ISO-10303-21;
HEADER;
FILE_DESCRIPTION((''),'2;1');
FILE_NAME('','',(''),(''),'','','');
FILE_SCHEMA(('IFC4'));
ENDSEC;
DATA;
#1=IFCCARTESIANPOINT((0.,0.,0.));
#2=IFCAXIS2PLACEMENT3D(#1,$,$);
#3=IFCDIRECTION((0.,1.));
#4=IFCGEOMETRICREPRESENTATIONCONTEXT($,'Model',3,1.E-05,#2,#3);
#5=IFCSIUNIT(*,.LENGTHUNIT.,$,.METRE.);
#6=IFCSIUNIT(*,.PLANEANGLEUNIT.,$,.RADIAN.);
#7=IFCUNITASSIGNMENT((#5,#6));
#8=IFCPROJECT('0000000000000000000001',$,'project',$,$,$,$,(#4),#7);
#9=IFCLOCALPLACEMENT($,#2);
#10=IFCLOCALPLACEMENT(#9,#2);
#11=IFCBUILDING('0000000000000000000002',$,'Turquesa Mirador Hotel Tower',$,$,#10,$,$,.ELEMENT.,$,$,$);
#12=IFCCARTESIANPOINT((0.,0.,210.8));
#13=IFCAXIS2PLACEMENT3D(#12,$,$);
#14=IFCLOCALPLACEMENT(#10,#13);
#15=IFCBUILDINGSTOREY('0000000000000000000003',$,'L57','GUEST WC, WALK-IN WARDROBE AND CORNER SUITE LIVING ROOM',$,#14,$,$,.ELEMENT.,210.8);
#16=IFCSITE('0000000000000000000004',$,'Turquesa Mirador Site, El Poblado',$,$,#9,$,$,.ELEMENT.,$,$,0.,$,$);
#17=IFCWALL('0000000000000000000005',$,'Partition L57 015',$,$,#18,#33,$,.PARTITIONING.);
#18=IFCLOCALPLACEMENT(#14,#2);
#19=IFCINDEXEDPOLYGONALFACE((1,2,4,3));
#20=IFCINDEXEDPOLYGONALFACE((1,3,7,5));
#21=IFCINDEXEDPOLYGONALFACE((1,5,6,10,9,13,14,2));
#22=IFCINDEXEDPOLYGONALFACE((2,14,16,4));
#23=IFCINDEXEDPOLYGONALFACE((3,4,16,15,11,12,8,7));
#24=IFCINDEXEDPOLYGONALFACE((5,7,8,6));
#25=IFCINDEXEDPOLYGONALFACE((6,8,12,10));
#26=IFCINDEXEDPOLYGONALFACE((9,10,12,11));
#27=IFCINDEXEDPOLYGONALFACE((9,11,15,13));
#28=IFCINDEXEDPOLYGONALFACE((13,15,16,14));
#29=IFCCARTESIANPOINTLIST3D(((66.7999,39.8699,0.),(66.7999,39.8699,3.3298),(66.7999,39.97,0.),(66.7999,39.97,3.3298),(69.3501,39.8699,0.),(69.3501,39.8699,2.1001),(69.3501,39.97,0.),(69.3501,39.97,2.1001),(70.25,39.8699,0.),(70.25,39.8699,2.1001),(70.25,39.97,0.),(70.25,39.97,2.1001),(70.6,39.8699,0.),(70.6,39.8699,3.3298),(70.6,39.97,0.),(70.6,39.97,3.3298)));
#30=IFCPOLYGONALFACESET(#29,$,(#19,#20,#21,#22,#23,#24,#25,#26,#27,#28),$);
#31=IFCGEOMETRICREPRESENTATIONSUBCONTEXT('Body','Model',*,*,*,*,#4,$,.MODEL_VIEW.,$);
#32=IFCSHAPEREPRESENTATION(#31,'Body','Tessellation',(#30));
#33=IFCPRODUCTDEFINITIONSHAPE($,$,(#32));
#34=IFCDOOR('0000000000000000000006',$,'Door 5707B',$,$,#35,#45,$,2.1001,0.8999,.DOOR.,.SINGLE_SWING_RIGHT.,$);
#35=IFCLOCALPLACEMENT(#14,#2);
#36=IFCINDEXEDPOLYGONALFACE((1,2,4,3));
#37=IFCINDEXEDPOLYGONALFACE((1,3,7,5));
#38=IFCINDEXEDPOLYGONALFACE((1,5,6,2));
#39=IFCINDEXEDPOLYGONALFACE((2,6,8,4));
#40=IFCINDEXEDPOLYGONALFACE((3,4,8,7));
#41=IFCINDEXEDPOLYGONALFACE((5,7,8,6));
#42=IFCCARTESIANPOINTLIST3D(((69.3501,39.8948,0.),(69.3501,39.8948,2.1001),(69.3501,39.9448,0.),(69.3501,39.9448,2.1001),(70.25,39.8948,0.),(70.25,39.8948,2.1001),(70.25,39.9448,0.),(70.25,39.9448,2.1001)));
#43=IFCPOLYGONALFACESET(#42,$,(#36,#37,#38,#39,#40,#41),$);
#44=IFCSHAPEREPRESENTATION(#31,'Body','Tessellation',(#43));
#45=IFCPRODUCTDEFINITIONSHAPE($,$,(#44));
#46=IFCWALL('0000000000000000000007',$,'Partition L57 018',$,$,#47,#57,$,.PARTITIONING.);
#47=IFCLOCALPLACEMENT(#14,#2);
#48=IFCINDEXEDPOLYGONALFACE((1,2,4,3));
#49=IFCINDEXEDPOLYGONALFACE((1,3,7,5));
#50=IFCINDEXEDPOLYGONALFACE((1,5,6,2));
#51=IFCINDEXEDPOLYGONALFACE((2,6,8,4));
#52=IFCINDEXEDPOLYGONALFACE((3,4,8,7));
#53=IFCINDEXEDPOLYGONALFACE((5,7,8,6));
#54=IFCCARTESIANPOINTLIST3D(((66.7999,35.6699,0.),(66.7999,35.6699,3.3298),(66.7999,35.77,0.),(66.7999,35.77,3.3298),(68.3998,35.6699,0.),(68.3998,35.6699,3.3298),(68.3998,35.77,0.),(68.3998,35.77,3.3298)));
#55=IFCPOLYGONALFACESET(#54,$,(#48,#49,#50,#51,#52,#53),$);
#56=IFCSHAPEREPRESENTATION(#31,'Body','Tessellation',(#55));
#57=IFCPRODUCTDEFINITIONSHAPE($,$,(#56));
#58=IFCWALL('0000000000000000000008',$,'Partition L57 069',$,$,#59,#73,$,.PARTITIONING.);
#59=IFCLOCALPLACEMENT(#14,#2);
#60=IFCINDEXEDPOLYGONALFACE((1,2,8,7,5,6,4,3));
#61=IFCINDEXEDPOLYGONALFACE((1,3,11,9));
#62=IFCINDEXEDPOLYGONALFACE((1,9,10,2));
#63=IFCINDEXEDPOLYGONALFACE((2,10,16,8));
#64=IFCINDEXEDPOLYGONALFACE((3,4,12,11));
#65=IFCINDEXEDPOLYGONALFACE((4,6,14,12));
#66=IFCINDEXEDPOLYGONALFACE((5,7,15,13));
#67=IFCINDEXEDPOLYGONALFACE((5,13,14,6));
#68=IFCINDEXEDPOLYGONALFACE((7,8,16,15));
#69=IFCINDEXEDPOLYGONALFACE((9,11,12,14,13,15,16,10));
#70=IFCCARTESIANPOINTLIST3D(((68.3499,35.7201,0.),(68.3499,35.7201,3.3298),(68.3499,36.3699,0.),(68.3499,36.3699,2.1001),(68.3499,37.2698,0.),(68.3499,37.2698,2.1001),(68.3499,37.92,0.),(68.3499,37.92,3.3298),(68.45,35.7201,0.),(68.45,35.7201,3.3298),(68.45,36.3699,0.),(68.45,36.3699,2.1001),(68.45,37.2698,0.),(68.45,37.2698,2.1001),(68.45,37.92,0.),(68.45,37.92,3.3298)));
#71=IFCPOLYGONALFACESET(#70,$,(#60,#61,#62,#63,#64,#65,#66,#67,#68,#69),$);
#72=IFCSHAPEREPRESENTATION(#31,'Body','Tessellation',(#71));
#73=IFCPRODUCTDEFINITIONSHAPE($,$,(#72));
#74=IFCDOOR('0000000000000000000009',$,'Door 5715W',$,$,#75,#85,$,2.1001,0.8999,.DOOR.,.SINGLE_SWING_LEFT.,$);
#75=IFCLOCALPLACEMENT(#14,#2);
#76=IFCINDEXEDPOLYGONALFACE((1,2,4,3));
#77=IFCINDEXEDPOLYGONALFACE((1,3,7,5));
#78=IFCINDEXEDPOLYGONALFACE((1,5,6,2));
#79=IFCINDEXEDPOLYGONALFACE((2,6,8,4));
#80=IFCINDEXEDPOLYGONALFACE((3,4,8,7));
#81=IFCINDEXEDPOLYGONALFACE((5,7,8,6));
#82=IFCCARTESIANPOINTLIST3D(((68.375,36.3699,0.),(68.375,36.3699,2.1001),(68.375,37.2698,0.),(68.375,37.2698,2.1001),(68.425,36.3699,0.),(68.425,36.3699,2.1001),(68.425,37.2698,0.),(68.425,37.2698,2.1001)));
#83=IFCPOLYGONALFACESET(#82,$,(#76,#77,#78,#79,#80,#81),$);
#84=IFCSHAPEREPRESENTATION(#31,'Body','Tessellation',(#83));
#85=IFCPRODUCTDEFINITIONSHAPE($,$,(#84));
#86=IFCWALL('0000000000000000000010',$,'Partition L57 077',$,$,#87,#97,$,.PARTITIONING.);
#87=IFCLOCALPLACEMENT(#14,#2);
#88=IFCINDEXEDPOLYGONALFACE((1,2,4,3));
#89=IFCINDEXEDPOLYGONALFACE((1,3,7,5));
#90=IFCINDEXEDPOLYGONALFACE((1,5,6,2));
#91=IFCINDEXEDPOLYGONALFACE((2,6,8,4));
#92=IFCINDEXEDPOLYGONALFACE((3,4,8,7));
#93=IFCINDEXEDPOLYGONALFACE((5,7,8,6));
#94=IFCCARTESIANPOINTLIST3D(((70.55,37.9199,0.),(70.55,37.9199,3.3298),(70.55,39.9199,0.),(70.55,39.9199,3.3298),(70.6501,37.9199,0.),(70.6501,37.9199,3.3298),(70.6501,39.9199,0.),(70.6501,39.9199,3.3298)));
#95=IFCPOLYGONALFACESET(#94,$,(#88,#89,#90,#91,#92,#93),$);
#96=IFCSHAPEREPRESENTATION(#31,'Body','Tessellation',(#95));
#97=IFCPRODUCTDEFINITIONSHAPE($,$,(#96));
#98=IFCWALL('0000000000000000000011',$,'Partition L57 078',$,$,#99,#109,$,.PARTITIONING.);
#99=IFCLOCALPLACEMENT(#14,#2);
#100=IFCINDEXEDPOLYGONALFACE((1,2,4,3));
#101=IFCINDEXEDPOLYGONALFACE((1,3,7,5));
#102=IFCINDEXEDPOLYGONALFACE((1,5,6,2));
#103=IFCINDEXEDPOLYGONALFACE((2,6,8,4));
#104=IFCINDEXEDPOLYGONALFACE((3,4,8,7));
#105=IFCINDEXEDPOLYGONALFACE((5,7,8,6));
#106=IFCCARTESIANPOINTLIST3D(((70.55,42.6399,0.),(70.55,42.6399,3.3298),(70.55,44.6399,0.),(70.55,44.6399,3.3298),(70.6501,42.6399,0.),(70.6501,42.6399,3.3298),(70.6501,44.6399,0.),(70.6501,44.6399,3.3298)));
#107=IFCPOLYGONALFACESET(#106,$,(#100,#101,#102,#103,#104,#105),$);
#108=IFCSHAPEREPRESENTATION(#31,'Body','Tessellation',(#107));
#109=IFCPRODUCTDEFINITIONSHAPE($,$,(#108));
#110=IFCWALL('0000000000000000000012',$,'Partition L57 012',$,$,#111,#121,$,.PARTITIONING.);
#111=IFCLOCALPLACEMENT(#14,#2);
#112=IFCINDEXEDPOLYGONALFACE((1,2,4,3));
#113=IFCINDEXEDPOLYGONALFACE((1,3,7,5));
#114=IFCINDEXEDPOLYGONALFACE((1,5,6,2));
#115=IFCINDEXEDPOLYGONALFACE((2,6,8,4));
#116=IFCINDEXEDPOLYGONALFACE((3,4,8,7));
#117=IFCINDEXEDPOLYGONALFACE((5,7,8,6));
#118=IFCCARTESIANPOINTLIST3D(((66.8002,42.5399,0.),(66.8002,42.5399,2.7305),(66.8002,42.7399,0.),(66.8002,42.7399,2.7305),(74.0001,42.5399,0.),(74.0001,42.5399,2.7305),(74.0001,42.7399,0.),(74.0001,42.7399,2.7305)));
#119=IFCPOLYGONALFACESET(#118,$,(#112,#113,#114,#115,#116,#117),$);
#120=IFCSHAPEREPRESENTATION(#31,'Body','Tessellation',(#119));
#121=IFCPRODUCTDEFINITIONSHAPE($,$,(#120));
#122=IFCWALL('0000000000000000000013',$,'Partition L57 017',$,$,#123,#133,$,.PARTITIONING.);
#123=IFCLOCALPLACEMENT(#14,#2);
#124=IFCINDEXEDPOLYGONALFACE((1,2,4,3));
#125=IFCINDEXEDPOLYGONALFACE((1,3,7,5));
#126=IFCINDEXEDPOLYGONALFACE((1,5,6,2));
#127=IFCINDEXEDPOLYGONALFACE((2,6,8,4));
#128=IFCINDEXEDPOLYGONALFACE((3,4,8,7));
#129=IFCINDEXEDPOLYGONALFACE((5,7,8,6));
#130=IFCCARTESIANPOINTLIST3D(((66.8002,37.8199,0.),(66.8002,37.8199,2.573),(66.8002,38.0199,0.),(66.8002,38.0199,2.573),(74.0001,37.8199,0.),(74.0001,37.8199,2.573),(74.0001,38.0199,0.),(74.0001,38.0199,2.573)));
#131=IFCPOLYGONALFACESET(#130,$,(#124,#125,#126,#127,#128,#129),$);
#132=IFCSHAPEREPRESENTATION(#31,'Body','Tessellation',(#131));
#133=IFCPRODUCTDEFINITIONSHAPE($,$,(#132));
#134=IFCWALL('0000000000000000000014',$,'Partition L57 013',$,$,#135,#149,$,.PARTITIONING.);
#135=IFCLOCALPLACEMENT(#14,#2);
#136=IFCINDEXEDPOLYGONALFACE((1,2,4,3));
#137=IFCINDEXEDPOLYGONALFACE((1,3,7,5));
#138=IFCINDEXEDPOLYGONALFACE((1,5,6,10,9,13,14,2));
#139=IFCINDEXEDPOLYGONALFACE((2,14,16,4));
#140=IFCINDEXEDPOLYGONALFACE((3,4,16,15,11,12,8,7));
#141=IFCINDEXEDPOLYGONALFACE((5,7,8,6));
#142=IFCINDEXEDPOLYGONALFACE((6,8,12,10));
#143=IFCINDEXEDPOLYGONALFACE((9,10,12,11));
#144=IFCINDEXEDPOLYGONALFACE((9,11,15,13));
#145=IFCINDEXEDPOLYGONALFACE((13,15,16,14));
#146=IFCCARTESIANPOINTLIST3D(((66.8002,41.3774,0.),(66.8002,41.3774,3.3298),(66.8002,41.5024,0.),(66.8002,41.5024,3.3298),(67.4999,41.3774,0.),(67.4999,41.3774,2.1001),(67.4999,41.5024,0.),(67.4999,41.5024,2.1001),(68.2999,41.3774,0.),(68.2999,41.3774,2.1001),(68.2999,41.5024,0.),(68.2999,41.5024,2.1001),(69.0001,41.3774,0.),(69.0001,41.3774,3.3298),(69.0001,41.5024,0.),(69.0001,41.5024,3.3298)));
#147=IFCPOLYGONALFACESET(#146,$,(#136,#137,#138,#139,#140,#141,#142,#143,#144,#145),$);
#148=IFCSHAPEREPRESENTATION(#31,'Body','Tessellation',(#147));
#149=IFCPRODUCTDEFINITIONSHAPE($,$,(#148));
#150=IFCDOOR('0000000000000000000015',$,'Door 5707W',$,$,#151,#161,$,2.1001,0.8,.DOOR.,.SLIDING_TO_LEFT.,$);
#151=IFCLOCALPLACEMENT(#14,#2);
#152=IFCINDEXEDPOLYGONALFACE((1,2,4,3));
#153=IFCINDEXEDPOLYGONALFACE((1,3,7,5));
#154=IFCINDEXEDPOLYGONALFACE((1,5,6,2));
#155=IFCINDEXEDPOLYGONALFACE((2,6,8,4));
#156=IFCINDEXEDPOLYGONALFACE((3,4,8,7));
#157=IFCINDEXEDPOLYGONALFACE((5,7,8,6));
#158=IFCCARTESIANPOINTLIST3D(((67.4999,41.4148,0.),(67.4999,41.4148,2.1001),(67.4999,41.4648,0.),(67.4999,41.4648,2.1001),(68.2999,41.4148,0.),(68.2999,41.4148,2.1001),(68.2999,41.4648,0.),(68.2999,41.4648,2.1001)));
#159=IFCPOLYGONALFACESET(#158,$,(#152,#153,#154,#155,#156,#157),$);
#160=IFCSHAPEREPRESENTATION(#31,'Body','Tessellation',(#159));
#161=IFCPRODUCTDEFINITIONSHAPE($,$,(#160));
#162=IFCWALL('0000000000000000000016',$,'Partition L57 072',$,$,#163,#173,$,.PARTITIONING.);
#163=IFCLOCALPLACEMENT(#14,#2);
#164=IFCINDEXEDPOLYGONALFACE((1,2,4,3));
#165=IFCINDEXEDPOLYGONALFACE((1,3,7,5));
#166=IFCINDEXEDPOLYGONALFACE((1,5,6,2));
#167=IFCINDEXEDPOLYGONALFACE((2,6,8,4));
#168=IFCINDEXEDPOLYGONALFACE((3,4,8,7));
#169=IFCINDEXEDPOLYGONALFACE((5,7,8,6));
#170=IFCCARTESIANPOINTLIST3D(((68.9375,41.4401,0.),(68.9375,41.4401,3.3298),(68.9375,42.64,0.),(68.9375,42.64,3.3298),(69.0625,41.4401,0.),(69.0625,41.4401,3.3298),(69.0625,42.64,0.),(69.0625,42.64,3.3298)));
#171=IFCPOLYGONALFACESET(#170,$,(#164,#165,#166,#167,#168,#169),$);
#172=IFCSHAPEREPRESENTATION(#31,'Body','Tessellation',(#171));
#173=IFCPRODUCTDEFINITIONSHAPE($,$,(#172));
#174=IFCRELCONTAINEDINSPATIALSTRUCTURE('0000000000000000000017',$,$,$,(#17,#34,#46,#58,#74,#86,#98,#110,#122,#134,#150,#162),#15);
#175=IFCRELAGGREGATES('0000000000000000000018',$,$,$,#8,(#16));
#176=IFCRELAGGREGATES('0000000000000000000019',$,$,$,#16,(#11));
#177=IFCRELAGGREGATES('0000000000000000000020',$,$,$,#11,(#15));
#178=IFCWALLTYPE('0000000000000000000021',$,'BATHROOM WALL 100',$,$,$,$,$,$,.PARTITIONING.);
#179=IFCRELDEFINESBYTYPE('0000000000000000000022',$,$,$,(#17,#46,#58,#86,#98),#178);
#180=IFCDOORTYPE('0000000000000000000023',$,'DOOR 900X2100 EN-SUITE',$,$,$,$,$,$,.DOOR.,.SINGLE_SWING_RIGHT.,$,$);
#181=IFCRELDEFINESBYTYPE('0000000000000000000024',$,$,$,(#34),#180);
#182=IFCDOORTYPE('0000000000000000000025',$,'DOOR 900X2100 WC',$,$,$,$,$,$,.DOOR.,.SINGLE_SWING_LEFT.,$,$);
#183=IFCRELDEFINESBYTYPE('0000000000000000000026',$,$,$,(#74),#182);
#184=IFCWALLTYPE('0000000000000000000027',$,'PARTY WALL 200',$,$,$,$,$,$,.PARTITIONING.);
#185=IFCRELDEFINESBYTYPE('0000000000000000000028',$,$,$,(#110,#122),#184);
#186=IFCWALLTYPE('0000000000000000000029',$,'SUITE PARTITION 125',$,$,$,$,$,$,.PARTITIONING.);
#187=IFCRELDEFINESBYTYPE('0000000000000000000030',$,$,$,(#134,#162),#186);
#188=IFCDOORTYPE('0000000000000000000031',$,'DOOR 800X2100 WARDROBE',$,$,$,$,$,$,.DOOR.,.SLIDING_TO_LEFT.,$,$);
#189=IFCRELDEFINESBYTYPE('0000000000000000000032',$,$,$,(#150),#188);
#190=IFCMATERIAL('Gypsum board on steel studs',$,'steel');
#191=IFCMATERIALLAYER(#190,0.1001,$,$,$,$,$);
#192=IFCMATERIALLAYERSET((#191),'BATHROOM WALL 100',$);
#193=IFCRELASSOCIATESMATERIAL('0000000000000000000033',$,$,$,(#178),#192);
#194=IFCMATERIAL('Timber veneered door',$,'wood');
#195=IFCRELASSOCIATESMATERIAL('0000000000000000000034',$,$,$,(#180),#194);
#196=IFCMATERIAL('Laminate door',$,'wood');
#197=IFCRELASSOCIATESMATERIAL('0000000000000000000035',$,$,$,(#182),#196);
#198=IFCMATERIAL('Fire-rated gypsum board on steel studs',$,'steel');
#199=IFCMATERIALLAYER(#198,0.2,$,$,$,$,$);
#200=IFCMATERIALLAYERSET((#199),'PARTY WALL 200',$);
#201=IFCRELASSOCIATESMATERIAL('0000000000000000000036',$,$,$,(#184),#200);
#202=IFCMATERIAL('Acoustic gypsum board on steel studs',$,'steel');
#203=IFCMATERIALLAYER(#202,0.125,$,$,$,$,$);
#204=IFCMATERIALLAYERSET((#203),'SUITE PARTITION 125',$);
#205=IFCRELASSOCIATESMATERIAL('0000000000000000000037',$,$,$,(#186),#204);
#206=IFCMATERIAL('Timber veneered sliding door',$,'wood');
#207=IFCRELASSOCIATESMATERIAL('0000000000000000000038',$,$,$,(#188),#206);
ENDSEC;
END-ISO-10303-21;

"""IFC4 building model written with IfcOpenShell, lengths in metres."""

from ifc_helpers import new_model, si_unit, direction, frame, frame_2d, origin, place, context, subcontext, project, spatial, rectangle, extrude, material, layer, layer_set, type_object, element, fill, save


model = new_model("IFC4")

# Units and contexts
model_context = context("Model", 3, precision=1e-05, world=origin(), true_north=direction((0.0, 1.0)))
body_context = subcontext(model_context, "Body", "Model", "MODEL_VIEW")
ifc_project = project(units=[si_unit("LENGTHUNIT", "METRE"), si_unit("PLANEANGLEUNIT", "RADIAN")], contexts=[model_context])

# Site, building, storey
site_placement = place(None, origin())
site = spatial("IfcSite", under=ifc_project, at=site_placement, Name="Turquesa Mirador Site, El Poblado", CompositionType="ELEMENT", RefElevation=0.0)
building_placement = place(site_placement, origin())
building = spatial("IfcBuilding", under=site, at=building_placement, Name="Turquesa Mirador Hotel Tower", CompositionType="ELEMENT")
storey_placement = place(building_placement, frame((0.0, 0.0, 210.8)))
storey = spatial("IfcBuildingStorey", under=building, at=storey_placement, Name="L57", Description="GUEST WC, WALK-IN WARDROBE AND CORNER SUITE LIVING ROOM", CompositionType="ELEMENT", Elevation=210.8)

# Wall, opening, door
ifc_material_1 = material(Name="Gypsum board on steel studs", Category="steel")
ifc_layer_1 = layer(ifc_material_1, 0.1001)
ifc_layer_set_1 = layer_set([ifc_layer_1], Name="BATHROOM WALL 100")
wall_type_1 = type_object("IfcWallType", Name="BATHROOM WALL 100", PredefinedType="PARTITIONING", material=ifc_layer_set_1)
ifc_material_2 = material(Name="Timber veneered door", Category="wood")
door_type_1 = type_object("IfcDoorType", Name="DOOR 900X2100 EN-SUITE", OperationType="SINGLE_SWING_RIGHT", PredefinedType="DOOR", material=ifc_material_2)
wall_1_placement = place(storey_placement, frame((66.8, 39.9199, 0.0), z_axis=(0.0, 0.0, 1.0), x_axis=(1.0, 0.0, 0.0)))
wall_1 = element("IfcWall", 1, at=wall_1_placement, inside=storey, type_object=wall_type_1, Name="Partition L57 015", PredefinedType="PARTITIONING", context=body_context, shape_type="SweptSolid", body=[
    extrude(rectangle(XDim=3.8, YDim=0.1001, at=frame_2d((1.8999, 0.0))), origin(), (0.0, 0.0, 1.0), 3.3298),
])
opening_1_placement = place(wall_1_placement, frame((2.55, 0.0, 0.0)))
opening_1 = element("IfcOpeningElement", 2, at=opening_1_placement, cuts=wall_1, PredefinedType="OPENING", context=body_context, shape_type="SweptSolid", body=[
    extrude(rectangle(XDim=0.8999, YDim=2.1001, at=frame_2d((0.45, 1.05))), frame((0.0, 0.0601, 0.0), z_axis=(0.0, -1.0, 0.0), x_axis=(1.0, 0.0, 0.0)), (0.0, 0.0, 1.0), 0.1201),
])
door_1_placement = place(opening_1_placement, origin())
door_1 = element("IfcDoor", 3, at=door_1_placement, inside=storey, type_object=door_type_1, Name="Door 5707B", OperationType="SINGLE_SWING_RIGHT", OverallHeight=2.1001, OverallWidth=0.8999, PredefinedType="DOOR", context=body_context, shape_type="SweptSolid", body=[
    extrude(rectangle(XDim=0.8999, YDim=2.1001, at=frame_2d((0.45, 1.05))), frame((0.0, 0.0249, 0.0), z_axis=(0.0, -1.0, 0.0), x_axis=(1.0, 0.0, 0.0)), (0.0, 0.0, 1.0), 0.05),
])
fill(opening_1, door_1)

# Wall
wall_2_placement = place(storey_placement, frame((66.8, 35.72, 0.0), z_axis=(0.0, 0.0, 1.0), x_axis=(1.0, 0.0, 0.0)))
element("IfcWall", 4, at=wall_2_placement, inside=storey, type_object=wall_type_1, Name="Partition L57 018", PredefinedType="PARTITIONING", context=body_context, shape_type="SweptSolid", body=[
    extrude(rectangle(XDim=1.5999, YDim=0.1001, at=frame_2d((0.7998, 0.0))), origin(), (0.0, 0.0, 1.0), 3.3298),
])

# Wall, opening, door
wall_3_placement = place(storey_placement, frame((68.3999, 35.72, 0.0), z_axis=(0.0, 0.0, 1.0), x_axis=(0.0, 1.0, 0.0)))
wall_3 = element("IfcWall", 5, at=wall_3_placement, inside=storey, type_object=wall_type_1, Name="Partition L57 069", PredefinedType="PARTITIONING", context=body_context, shape_type="SweptSolid", body=[
    extrude(rectangle(XDim=2.2, YDim=0.1001, at=frame_2d((1.1001, 0.0))), origin(), (0.0, 0.0, 1.0), 3.3298),
])
opening_2_placement = place(wall_3_placement, frame((0.6499, 0.0, 0.0)))
opening_2 = element("IfcOpeningElement", 6, at=opening_2_placement, cuts=wall_3, PredefinedType="OPENING", context=body_context, shape_type="SweptSolid", body=[
    extrude(rectangle(XDim=0.8999, YDim=2.1001, at=frame_2d((0.45, 1.05))), frame((0.0, 0.0601, 0.0), z_axis=(0.0, -1.0, 0.0), x_axis=(1.0, 0.0, 0.0)), (0.0, 0.0, 1.0), 0.1201),
])
ifc_material_3 = material(Name="Laminate door", Category="wood")
door_type_2 = type_object("IfcDoorType", Name="DOOR 900X2100 WC", OperationType="SINGLE_SWING_LEFT", PredefinedType="DOOR", material=ifc_material_3)
door_2_placement = place(opening_2_placement, origin())
door_2 = element("IfcDoor", 7, at=door_2_placement, inside=storey, type_object=door_type_2, Name="Door 5715W", OperationType="SINGLE_SWING_LEFT", OverallHeight=2.1001, OverallWidth=0.8999, PredefinedType="DOOR", context=body_context, shape_type="SweptSolid", body=[
    extrude(rectangle(XDim=0.8999, YDim=2.1001, at=frame_2d((0.45, 1.05))), frame((0.0, 0.0249, 0.0), z_axis=(0.0, -1.0, 0.0), x_axis=(1.0, 0.0, 0.0)), (0.0, 0.0, 1.0), 0.05),
])
fill(opening_2, door_2)

# Walls
for number, where, z_axis, x_axis, name in (
    (8, (70.6001, 37.9199, 0.0), (0.0, 0.0, 1.0), (0.0, 1.0, 0.0), "Partition L57 077"),
    (9, (70.6001, 42.6399, 0.0), (0.0, 0.0, 1.0), (0.0, 1.0, 0.0), "Partition L57 078"),
):
    element("IfcWall", number, at=place(storey_placement, frame(where, z_axis=z_axis, x_axis=x_axis)), inside=storey, type_object=wall_type_1, Name=name, PredefinedType="PARTITIONING", context=body_context, shape_type="SweptSolid", body=[
        extrude(rectangle(XDim=2.0, YDim=0.1001, at=frame_2d((1.0, 0.0))), origin(), (0.0, 0.0, 1.0), 3.3298),
    ])
ifc_material_4 = material(Name="Fire-rated gypsum board on steel studs", Category="steel")
ifc_layer_2 = layer(ifc_material_4, 0.2)
ifc_layer_set_2 = layer_set([ifc_layer_2], Name="PARTY WALL 200")
wall_type_2 = type_object("IfcWallType", Name="PARTY WALL 200", PredefinedType="PARTITIONING", material=ifc_layer_set_2)
wall_4_placement = place(storey_placement, frame((66.8, 42.6399, 0.0), z_axis=(0.0, 0.0, 1.0), x_axis=(1.0, 0.0, 0.0)))
element("IfcWall", 10, at=wall_4_placement, inside=storey, type_object=wall_type_2, Name="Partition L57 012", PredefinedType="PARTITIONING", context=body_context, shape_type="SweptSolid", body=[
    extrude(rectangle(XDim=7.2, YDim=0.2, at=frame_2d((3.6001, 0.0))), origin(), (0.0, 0.0, 1.0), 2.7305),
])
wall_5_placement = place(storey_placement, frame((66.8, 37.9199, 0.0), z_axis=(0.0, 0.0, 1.0), x_axis=(1.0, 0.0, 0.0)))
element("IfcWall", 11, at=wall_5_placement, inside=storey, type_object=wall_type_2, Name="Partition L57 017", PredefinedType="PARTITIONING", context=body_context, shape_type="SweptSolid", body=[
    extrude(rectangle(XDim=7.2, YDim=0.2, at=frame_2d((3.6001, 0.0))), origin(), (0.0, 0.0, 1.0), 2.573),
])

# Wall, opening, door
ifc_material_5 = material(Name="Acoustic gypsum board on steel studs", Category="steel")
ifc_layer_3 = layer(ifc_material_5, 0.125)
ifc_layer_set_3 = layer_set([ifc_layer_3], Name="SUITE PARTITION 125")
wall_type_3 = type_object("IfcWallType", Name="SUITE PARTITION 125", PredefinedType="PARTITIONING", material=ifc_layer_set_3)
wall_6_placement = place(storey_placement, frame((66.8, 41.4399, 0.0), z_axis=(0.0, 0.0, 1.0), x_axis=(1.0, 0.0, 0.0)))
wall_6 = element("IfcWall", 12, at=wall_6_placement, inside=storey, type_object=wall_type_3, Name="Partition L57 013", PredefinedType="PARTITIONING", context=body_context, shape_type="SweptSolid", body=[
    extrude(rectangle(XDim=2.2, YDim=0.125, at=frame_2d((1.1001, 0.0))), origin(), (0.0, 0.0, 1.0), 3.3298),
])
opening_3_placement = place(wall_6_placement, frame((0.7, 0.0, 0.0)))
opening_3 = element("IfcOpeningElement", 13, at=opening_3_placement, cuts=wall_6, PredefinedType="OPENING", context=body_context, shape_type="SweptSolid", body=[
    extrude(rectangle(XDim=0.8, YDim=2.1001, at=frame_2d((0.3999, 1.05))), frame((0.0, 0.0725, 0.0), z_axis=(0.0, -1.0, 0.0), x_axis=(1.0, 0.0, 0.0)), (0.0, 0.0, 1.0), 0.145),
])
ifc_material_6 = material(Name="Timber veneered sliding door", Category="wood")
door_type_3 = type_object("IfcDoorType", Name="DOOR 800X2100 WARDROBE", OperationType="SLIDING_TO_LEFT", PredefinedType="DOOR", material=ifc_material_6)
door_3_placement = place(opening_3_placement, origin())
door_3 = element("IfcDoor", 14, at=door_3_placement, inside=storey, type_object=door_type_3, Name="Door 5707W", OperationType="SLIDING_TO_LEFT", OverallHeight=2.1001, OverallWidth=0.8, PredefinedType="DOOR", context=body_context, shape_type="SweptSolid", body=[
    extrude(rectangle(XDim=0.8, YDim=2.1001, at=frame_2d((0.3999, 1.05))), frame((0.0, 0.0249, 0.0), z_axis=(0.0, -1.0, 0.0), x_axis=(1.0, 0.0, 0.0)), (0.0, 0.0, 1.0), 0.05),
])
fill(opening_3, door_3)

# Wall
wall_7_placement = place(storey_placement, frame((69.0, 41.4399, 0.0), z_axis=(0.0, 0.0, 1.0), x_axis=(0.0, 1.0, 0.0)))
element("IfcWall", 15, at=wall_7_placement, inside=storey, type_object=wall_type_3, Name="Partition L57 072", PredefinedType="PARTITIONING", context=body_context, shape_type="SweptSolid", body=[
    extrude(rectangle(XDim=1.2, YDim=0.125, at=frame_2d((0.6001, 0.0))), origin(), (0.0, 0.0, 1.0), 3.3298),
])

save(model, "model.ifc")
